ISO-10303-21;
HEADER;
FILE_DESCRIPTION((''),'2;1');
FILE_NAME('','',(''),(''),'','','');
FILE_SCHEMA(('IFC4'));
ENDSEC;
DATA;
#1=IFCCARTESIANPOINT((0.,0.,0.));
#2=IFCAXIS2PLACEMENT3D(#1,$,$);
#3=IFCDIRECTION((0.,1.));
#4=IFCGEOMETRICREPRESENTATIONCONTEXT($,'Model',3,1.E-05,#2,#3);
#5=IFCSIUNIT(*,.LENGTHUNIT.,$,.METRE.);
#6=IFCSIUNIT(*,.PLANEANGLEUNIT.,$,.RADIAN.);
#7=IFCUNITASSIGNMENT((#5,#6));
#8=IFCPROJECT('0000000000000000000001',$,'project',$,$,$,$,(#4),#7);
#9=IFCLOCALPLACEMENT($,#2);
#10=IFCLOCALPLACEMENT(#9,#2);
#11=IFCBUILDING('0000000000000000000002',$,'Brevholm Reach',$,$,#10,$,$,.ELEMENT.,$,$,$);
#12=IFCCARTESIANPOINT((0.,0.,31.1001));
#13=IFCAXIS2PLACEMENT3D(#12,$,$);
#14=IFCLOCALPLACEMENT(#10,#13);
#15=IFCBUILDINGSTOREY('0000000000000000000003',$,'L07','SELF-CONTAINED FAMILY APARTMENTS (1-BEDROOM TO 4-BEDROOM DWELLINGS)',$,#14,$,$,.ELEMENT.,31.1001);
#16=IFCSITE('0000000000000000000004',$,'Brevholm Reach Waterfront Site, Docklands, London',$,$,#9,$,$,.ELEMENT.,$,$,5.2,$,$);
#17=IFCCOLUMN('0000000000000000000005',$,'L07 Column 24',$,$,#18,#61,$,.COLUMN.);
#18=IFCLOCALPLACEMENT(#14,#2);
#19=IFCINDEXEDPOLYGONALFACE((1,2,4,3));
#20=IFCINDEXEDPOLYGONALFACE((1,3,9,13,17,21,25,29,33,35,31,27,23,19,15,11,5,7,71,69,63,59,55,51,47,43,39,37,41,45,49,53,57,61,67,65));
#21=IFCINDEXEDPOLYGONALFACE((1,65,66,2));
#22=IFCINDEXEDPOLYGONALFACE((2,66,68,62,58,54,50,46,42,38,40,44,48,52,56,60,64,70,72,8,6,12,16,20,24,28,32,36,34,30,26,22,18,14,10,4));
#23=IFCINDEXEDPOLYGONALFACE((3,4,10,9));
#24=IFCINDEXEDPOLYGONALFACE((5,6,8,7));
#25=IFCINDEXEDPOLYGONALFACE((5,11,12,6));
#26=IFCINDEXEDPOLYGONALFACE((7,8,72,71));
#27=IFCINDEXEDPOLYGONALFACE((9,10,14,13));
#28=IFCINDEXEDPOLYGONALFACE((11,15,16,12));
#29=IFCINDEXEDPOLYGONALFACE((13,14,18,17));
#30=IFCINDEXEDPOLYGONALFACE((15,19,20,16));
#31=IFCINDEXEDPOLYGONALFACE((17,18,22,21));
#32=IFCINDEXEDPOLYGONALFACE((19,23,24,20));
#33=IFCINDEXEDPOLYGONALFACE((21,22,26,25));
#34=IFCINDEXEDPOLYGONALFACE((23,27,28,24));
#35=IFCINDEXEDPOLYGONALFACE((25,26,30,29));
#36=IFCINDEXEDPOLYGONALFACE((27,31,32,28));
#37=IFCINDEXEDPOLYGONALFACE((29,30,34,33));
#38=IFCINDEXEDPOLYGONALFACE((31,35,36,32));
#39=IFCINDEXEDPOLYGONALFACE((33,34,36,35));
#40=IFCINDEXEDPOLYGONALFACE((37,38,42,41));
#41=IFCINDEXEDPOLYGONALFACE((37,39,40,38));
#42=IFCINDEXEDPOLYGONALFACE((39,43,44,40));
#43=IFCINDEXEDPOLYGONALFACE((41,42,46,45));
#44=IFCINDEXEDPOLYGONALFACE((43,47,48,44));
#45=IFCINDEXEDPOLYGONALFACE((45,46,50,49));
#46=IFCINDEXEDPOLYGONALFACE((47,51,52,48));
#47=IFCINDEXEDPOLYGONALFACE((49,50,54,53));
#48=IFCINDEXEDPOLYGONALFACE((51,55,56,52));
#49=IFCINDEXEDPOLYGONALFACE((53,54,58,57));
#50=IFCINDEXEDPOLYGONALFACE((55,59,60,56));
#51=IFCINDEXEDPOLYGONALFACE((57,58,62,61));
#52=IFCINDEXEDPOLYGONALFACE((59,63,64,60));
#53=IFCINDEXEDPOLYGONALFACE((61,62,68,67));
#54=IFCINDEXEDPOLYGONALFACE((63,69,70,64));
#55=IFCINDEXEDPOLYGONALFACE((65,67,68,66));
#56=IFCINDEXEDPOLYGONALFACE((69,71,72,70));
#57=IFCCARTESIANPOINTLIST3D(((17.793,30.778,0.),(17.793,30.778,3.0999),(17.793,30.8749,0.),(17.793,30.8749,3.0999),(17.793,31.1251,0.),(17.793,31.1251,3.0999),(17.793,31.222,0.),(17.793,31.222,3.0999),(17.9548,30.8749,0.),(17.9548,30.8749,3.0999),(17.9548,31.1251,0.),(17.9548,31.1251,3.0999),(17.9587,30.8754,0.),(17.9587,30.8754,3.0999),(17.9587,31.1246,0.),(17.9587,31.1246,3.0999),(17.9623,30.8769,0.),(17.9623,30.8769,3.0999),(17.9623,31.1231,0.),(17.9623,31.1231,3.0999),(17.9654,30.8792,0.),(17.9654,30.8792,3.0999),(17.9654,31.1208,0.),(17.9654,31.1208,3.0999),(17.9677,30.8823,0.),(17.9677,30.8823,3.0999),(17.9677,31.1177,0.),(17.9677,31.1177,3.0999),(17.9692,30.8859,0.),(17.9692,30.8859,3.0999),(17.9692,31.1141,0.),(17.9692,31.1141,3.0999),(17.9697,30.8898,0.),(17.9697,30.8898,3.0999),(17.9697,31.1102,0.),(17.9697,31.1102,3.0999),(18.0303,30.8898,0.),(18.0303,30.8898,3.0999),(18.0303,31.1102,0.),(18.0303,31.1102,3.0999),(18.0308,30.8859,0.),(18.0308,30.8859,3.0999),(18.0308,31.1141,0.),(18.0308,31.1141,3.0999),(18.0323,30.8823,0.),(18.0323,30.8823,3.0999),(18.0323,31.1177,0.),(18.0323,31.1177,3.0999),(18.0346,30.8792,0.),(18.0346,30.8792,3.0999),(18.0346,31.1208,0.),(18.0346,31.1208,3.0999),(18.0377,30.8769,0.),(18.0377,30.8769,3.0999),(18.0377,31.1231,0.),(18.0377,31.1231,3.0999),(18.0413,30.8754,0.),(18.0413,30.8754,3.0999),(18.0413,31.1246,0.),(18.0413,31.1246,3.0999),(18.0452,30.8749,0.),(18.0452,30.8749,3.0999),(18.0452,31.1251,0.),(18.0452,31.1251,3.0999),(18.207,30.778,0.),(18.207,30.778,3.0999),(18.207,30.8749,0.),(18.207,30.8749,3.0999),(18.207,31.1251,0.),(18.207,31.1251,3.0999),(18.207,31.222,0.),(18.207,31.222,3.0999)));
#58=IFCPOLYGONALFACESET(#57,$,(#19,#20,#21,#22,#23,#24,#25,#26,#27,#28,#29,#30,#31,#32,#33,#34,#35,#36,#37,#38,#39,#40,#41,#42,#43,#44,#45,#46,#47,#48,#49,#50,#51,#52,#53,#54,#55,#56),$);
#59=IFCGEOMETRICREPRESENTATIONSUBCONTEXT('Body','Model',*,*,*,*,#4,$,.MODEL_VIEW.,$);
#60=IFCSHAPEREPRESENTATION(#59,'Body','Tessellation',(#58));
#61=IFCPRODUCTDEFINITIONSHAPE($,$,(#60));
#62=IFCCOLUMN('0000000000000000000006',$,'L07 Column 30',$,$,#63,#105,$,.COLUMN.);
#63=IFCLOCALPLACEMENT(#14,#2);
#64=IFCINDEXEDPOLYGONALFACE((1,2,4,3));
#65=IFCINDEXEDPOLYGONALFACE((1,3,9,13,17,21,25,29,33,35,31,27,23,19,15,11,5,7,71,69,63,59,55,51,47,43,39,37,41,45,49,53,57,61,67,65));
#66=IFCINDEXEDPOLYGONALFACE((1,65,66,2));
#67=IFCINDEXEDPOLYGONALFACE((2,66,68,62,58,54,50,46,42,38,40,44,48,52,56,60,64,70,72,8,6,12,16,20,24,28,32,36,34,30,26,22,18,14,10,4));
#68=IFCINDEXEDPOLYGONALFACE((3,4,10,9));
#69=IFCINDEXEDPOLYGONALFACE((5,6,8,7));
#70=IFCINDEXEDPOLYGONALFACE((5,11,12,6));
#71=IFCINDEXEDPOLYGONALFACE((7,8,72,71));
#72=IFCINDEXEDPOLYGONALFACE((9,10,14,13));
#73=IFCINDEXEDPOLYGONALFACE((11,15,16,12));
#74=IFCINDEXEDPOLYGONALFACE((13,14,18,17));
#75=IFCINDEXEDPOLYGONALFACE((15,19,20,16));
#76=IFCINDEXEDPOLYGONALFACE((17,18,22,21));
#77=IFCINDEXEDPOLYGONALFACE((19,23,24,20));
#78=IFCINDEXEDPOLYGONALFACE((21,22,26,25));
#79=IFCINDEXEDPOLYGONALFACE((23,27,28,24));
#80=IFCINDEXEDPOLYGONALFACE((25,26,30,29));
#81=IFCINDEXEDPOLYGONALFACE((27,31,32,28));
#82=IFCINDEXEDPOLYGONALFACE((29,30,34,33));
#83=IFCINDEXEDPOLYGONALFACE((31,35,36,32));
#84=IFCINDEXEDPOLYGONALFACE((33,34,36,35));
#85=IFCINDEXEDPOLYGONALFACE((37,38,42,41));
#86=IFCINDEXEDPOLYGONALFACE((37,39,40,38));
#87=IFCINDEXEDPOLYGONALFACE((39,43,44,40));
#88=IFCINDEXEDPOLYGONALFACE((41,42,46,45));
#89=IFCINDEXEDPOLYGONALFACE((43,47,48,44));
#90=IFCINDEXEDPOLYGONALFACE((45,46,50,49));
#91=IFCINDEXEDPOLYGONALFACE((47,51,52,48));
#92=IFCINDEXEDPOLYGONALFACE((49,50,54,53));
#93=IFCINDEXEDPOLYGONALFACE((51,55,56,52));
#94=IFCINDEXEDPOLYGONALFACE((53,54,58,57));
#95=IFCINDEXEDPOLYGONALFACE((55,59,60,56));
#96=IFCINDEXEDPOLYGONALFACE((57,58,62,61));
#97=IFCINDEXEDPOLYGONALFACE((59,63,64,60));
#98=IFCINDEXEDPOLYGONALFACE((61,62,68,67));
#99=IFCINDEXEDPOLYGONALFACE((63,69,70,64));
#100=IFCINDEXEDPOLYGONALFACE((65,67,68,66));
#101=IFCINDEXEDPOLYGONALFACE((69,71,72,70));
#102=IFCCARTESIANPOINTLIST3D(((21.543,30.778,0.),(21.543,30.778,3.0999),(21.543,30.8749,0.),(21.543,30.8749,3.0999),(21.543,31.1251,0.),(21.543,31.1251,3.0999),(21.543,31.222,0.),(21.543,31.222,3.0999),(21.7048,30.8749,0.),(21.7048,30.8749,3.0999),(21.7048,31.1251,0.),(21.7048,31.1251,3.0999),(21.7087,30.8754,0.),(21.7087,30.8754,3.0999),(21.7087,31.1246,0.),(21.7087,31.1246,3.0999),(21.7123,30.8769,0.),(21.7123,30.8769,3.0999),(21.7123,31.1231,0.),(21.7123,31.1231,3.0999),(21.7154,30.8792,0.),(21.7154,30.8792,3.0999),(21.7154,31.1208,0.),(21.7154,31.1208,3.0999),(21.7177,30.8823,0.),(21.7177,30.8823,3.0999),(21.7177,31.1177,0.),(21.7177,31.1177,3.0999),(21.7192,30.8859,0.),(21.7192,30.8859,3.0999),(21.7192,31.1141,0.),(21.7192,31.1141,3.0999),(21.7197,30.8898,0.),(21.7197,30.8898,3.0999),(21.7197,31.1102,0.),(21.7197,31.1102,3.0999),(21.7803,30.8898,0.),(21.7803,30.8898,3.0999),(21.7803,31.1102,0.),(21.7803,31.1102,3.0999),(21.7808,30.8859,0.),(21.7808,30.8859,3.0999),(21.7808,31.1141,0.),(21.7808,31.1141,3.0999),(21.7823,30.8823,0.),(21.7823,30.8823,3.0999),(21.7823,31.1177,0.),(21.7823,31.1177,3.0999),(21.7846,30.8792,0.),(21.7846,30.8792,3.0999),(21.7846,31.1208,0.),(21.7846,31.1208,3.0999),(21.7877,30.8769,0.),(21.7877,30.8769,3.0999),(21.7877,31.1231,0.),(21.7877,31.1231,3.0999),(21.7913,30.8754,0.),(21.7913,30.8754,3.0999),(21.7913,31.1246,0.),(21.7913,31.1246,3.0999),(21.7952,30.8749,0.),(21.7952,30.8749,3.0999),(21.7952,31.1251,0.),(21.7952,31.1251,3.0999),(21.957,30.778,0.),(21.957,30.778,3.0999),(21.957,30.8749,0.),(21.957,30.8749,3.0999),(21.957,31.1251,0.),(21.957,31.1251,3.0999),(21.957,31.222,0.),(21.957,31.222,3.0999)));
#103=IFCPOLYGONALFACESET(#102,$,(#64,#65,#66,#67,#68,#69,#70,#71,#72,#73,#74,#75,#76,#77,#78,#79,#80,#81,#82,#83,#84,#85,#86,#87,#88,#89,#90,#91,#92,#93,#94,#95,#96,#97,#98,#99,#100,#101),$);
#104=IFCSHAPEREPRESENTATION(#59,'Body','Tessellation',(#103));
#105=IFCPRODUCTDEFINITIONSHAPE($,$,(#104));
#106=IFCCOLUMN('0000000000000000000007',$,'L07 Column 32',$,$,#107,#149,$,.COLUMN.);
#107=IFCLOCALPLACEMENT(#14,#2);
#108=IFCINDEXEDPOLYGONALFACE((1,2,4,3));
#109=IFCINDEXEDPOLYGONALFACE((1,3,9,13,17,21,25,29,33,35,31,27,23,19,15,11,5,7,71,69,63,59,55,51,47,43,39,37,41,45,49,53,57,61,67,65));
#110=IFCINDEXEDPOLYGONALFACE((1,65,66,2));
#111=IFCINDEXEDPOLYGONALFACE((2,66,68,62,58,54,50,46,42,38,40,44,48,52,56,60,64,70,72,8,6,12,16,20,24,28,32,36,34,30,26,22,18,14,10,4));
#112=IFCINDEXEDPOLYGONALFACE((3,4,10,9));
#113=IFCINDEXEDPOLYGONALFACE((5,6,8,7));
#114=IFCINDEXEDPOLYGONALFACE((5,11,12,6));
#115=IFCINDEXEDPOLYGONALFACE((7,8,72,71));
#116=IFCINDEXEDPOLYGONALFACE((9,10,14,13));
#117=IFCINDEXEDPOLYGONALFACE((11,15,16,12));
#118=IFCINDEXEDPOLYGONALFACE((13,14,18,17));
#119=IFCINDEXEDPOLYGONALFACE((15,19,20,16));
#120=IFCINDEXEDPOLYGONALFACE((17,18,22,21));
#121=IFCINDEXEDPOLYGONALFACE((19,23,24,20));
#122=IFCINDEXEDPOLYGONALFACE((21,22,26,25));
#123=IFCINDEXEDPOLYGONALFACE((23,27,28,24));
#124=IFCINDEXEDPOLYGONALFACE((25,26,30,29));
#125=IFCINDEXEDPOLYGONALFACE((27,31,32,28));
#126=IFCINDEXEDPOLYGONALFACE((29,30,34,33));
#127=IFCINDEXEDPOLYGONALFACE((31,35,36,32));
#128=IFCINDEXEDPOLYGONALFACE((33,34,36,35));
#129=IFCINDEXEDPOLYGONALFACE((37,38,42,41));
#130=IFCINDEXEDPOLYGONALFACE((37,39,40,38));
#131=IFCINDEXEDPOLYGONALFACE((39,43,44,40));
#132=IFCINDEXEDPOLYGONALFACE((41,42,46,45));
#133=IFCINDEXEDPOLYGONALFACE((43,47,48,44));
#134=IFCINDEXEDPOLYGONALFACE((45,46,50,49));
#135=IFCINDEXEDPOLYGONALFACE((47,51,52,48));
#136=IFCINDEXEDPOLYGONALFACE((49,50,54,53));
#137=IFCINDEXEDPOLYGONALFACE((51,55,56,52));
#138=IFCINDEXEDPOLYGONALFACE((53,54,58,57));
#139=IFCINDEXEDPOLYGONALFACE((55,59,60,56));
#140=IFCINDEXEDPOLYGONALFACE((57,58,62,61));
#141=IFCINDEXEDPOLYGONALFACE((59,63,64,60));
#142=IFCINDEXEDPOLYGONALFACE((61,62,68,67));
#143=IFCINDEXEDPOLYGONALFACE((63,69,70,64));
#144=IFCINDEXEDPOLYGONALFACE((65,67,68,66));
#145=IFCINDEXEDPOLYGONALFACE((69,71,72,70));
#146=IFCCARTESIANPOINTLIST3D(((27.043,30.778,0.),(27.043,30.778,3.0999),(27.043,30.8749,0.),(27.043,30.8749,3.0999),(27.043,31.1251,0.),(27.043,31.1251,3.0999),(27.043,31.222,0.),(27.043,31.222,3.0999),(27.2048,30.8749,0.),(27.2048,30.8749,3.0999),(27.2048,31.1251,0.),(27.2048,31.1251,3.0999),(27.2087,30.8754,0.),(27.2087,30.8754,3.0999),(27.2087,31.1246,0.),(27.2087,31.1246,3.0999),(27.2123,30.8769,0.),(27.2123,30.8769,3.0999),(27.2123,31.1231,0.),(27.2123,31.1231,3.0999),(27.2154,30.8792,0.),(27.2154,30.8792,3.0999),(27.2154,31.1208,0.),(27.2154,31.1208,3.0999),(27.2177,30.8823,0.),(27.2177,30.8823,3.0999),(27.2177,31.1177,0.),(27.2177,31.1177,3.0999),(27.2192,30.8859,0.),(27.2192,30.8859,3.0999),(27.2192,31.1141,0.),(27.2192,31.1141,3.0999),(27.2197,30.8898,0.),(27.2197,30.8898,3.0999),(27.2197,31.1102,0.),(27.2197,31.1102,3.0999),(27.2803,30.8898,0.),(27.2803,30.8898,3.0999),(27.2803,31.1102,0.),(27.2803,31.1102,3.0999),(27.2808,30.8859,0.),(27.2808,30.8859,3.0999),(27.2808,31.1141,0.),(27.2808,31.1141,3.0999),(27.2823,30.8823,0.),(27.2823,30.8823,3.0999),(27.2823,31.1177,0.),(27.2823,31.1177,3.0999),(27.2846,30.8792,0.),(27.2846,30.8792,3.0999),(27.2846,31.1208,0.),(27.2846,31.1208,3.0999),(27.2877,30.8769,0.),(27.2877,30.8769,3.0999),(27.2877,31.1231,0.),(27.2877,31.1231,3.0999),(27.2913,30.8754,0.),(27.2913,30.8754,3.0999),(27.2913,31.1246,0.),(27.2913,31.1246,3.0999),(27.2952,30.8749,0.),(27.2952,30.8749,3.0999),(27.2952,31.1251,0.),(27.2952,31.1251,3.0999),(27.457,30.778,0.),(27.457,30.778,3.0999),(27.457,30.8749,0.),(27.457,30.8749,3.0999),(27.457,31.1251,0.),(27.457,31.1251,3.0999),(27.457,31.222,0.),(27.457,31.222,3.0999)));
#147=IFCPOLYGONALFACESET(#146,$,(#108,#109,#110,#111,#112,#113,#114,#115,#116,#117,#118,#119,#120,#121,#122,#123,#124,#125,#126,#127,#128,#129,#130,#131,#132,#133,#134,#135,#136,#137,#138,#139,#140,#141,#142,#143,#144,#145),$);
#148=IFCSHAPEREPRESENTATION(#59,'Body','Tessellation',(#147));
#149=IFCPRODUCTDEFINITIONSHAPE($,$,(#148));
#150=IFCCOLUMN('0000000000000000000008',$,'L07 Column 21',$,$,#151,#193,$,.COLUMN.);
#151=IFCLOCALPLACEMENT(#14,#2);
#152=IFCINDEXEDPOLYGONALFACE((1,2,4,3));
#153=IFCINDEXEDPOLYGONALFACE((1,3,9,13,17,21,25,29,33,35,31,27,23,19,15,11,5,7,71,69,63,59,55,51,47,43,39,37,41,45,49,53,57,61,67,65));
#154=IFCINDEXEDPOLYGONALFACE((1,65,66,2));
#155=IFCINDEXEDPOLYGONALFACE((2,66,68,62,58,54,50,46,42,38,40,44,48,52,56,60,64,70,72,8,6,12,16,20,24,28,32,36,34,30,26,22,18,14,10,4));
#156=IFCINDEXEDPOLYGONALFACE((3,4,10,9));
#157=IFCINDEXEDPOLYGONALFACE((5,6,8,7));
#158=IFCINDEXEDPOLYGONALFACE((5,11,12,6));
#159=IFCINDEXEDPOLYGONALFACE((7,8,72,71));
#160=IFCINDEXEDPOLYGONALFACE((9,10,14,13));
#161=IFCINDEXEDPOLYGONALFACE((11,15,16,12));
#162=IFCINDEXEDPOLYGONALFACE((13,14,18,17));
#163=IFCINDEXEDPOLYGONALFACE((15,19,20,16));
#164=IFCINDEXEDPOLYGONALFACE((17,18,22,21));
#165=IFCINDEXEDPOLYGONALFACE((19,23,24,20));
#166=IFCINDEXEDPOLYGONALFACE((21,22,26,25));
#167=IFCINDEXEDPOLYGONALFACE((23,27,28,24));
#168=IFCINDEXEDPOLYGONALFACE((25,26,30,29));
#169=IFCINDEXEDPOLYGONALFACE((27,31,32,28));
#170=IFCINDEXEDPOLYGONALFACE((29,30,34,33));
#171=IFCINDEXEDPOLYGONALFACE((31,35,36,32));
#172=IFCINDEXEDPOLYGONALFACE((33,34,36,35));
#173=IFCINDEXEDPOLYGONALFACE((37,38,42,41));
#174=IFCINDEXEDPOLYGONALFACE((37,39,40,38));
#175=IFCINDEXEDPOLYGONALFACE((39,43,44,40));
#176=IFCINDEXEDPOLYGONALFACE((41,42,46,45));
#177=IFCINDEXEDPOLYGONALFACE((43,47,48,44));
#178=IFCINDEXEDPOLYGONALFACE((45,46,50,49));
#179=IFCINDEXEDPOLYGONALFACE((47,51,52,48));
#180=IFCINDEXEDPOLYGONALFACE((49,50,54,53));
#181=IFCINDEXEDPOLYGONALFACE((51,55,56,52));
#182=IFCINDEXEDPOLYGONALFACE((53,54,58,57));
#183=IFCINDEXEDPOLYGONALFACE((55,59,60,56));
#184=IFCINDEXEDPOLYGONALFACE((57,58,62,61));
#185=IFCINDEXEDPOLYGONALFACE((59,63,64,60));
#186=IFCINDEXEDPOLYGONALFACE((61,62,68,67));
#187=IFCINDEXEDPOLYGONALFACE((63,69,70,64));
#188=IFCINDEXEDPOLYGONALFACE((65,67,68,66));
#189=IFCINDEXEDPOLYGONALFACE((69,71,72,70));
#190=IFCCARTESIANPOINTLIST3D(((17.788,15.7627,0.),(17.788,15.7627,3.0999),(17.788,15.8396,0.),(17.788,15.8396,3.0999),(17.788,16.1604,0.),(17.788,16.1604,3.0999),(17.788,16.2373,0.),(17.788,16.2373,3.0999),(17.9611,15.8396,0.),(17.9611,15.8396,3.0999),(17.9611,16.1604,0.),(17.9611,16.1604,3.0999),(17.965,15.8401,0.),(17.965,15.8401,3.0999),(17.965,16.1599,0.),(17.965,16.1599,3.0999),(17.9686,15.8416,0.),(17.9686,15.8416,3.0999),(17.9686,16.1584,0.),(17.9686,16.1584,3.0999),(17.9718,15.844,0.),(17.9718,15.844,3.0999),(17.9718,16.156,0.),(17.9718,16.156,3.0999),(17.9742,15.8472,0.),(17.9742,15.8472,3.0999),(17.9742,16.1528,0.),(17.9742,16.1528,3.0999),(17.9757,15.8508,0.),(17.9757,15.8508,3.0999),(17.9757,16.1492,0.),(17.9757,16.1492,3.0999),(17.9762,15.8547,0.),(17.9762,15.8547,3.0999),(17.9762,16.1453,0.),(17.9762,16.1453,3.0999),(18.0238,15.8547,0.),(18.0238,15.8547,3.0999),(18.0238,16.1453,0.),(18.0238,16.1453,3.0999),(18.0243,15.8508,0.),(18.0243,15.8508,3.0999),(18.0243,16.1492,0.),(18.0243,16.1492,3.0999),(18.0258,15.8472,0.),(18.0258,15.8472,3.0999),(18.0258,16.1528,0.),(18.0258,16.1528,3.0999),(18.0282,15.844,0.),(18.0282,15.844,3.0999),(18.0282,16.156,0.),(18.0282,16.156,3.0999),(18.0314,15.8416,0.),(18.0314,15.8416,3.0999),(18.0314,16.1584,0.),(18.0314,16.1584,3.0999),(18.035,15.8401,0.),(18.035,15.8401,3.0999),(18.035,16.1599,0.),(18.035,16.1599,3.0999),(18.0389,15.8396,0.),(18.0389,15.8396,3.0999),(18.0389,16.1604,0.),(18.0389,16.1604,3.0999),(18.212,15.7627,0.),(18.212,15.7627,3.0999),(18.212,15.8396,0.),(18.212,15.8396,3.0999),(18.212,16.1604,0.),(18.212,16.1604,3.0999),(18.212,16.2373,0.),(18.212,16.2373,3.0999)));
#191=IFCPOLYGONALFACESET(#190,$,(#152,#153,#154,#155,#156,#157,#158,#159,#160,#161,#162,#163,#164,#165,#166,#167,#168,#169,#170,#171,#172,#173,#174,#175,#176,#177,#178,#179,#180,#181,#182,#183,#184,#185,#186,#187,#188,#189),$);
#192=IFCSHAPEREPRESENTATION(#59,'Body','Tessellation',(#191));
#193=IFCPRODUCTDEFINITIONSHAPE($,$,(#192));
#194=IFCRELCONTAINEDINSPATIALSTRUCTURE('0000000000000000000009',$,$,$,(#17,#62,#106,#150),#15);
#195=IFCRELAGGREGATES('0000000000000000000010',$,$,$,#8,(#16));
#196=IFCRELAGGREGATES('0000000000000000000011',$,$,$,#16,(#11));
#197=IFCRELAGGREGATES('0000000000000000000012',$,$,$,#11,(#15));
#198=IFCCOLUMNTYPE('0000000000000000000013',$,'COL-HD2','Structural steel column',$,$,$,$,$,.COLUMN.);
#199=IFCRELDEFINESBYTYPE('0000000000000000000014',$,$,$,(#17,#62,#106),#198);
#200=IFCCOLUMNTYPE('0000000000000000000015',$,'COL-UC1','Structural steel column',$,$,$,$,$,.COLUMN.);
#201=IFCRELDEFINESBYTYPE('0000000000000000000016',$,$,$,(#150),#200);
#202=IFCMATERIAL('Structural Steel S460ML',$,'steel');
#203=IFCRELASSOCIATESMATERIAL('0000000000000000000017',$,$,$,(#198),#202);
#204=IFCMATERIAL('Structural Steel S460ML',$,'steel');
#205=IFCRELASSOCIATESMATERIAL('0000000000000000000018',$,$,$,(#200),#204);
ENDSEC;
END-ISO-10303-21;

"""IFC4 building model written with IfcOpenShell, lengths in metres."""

from ifc_helpers import new_model, si_unit, direction, frame, origin, origin_2d, place, context, subcontext, project, spatial, i_section, extrude, material, material_profile, profile_set, type_object, element, save


model = new_model("IFC4")

# Units and contexts
model_context = context("Model", 3, precision=1e-05, world=origin(), true_north=direction((0.0, 1.0)))
body_context = subcontext(model_context, "Body", "Model", "MODEL_VIEW")
ifc_project = project(units=[si_unit("LENGTHUNIT", "METRE"), si_unit("PLANEANGLEUNIT", "RADIAN")], contexts=[model_context])

# Site, building, storey
site_placement = place(None, origin())
site = spatial("IfcSite", under=ifc_project, at=site_placement, Name="Brevholm Reach Waterfront Site, Docklands, London", CompositionType="ELEMENT", RefElevation=5.2)
building_placement = place(site_placement, origin())
building = spatial("IfcBuilding", under=site, at=building_placement, Name="Brevholm Reach", CompositionType="ELEMENT")
storey_placement = place(building_placement, frame((0.0, 0.0, 31.1001)))
storey = spatial("IfcBuildingStorey", under=building, at=storey_placement, Name="L07", Description="SELF-CONTAINED FAMILY APARTMENTS (1-BEDROOM TO 4-BEDROOM DWELLINGS)", CompositionType="ELEMENT", Elevation=31.1001)

# Columns
ifc_material_1 = material(Name="Structural Steel S460ML", Category="steel")
ifc_material_profile_1 = material_profile(ifc_material_1, i_section(OverallWidth=0.4141, OverallDepth=0.4441, WebThickness=0.0605, FlangeThickness=0.0969, FilletRadius=0.0149, at=origin_2d()), Name="HD 400x818")
ifc_profile_set_1 = profile_set([ifc_material_profile_1], Name="Structural Steel S460ML")
column_type_1 = type_object("IfcColumnType", Name="COL-HD2", Description="Structural steel column", PredefinedType="COLUMN", material=ifc_profile_set_1)
for number, where, z_axis, x_axis, name in (
    (1, (18.0, 31.0, 0.0), (0.0, 0.0, 1.0), (1.0, 0.0, 0.0), "L07 Column 24"),
    (2, (21.75, 31.0, 0.0), (0.0, 0.0, 1.0), (1.0, 0.0, 0.0), "L07 Column 30"),
    (3, (27.25, 31.0, 0.0), (0.0, 0.0, 1.0), (1.0, 0.0, 0.0), "L07 Column 32"),
):
    element("IfcColumn", number, at=place(storey_placement, frame(where, z_axis=z_axis, x_axis=x_axis)), inside=storey, type_object=column_type_1, Name=name, PredefinedType="COLUMN", context=body_context, shape_type="SweptSolid", body=[
        extrude(i_section(OverallWidth=0.4141, OverallDepth=0.4441, WebThickness=0.0605, FlangeThickness=0.0969, FilletRadius=0.0149, at=origin_2d()), origin(), (0.0, 0.0, 1.0), 3.0999),
    ])
ifc_material_2 = material(Name="Structural Steel S460ML", Category="steel")
ifc_material_profile_2 = material_profile(ifc_material_2, i_section(OverallWidth=0.4241, OverallDepth=0.4746, WebThickness=0.0476, FlangeThickness=0.0769, FilletRadius=0.0151, at=origin_2d()), Name="UKC 356x406x634")
ifc_profile_set_2 = profile_set([ifc_material_profile_2], Name="Structural Steel S460ML")
column_type_2 = type_object("IfcColumnType", Name="COL-UC1", Description="Structural steel column", PredefinedType="COLUMN", material=ifc_profile_set_2)
for number, where, z_axis, x_axis, name in (
    (4, (18.0, 16.0, 0.0), (0.0, 0.0, 1.0), (1.0, 0.0, 0.0), "L07 Column 21"),
):
    element("IfcColumn", number, at=place(storey_placement, frame(where, z_axis=z_axis, x_axis=x_axis)), inside=storey, type_object=column_type_2, Name=name, PredefinedType="COLUMN", context=body_context, shape_type="SweptSolid", body=[
        extrude(i_section(OverallWidth=0.4241, OverallDepth=0.4746, WebThickness=0.0476, FlangeThickness=0.0769, FilletRadius=0.0151, at=origin_2d()), origin(), (0.0, 0.0, 1.0), 3.0999),
    ])

save(model, "model.ifc")
